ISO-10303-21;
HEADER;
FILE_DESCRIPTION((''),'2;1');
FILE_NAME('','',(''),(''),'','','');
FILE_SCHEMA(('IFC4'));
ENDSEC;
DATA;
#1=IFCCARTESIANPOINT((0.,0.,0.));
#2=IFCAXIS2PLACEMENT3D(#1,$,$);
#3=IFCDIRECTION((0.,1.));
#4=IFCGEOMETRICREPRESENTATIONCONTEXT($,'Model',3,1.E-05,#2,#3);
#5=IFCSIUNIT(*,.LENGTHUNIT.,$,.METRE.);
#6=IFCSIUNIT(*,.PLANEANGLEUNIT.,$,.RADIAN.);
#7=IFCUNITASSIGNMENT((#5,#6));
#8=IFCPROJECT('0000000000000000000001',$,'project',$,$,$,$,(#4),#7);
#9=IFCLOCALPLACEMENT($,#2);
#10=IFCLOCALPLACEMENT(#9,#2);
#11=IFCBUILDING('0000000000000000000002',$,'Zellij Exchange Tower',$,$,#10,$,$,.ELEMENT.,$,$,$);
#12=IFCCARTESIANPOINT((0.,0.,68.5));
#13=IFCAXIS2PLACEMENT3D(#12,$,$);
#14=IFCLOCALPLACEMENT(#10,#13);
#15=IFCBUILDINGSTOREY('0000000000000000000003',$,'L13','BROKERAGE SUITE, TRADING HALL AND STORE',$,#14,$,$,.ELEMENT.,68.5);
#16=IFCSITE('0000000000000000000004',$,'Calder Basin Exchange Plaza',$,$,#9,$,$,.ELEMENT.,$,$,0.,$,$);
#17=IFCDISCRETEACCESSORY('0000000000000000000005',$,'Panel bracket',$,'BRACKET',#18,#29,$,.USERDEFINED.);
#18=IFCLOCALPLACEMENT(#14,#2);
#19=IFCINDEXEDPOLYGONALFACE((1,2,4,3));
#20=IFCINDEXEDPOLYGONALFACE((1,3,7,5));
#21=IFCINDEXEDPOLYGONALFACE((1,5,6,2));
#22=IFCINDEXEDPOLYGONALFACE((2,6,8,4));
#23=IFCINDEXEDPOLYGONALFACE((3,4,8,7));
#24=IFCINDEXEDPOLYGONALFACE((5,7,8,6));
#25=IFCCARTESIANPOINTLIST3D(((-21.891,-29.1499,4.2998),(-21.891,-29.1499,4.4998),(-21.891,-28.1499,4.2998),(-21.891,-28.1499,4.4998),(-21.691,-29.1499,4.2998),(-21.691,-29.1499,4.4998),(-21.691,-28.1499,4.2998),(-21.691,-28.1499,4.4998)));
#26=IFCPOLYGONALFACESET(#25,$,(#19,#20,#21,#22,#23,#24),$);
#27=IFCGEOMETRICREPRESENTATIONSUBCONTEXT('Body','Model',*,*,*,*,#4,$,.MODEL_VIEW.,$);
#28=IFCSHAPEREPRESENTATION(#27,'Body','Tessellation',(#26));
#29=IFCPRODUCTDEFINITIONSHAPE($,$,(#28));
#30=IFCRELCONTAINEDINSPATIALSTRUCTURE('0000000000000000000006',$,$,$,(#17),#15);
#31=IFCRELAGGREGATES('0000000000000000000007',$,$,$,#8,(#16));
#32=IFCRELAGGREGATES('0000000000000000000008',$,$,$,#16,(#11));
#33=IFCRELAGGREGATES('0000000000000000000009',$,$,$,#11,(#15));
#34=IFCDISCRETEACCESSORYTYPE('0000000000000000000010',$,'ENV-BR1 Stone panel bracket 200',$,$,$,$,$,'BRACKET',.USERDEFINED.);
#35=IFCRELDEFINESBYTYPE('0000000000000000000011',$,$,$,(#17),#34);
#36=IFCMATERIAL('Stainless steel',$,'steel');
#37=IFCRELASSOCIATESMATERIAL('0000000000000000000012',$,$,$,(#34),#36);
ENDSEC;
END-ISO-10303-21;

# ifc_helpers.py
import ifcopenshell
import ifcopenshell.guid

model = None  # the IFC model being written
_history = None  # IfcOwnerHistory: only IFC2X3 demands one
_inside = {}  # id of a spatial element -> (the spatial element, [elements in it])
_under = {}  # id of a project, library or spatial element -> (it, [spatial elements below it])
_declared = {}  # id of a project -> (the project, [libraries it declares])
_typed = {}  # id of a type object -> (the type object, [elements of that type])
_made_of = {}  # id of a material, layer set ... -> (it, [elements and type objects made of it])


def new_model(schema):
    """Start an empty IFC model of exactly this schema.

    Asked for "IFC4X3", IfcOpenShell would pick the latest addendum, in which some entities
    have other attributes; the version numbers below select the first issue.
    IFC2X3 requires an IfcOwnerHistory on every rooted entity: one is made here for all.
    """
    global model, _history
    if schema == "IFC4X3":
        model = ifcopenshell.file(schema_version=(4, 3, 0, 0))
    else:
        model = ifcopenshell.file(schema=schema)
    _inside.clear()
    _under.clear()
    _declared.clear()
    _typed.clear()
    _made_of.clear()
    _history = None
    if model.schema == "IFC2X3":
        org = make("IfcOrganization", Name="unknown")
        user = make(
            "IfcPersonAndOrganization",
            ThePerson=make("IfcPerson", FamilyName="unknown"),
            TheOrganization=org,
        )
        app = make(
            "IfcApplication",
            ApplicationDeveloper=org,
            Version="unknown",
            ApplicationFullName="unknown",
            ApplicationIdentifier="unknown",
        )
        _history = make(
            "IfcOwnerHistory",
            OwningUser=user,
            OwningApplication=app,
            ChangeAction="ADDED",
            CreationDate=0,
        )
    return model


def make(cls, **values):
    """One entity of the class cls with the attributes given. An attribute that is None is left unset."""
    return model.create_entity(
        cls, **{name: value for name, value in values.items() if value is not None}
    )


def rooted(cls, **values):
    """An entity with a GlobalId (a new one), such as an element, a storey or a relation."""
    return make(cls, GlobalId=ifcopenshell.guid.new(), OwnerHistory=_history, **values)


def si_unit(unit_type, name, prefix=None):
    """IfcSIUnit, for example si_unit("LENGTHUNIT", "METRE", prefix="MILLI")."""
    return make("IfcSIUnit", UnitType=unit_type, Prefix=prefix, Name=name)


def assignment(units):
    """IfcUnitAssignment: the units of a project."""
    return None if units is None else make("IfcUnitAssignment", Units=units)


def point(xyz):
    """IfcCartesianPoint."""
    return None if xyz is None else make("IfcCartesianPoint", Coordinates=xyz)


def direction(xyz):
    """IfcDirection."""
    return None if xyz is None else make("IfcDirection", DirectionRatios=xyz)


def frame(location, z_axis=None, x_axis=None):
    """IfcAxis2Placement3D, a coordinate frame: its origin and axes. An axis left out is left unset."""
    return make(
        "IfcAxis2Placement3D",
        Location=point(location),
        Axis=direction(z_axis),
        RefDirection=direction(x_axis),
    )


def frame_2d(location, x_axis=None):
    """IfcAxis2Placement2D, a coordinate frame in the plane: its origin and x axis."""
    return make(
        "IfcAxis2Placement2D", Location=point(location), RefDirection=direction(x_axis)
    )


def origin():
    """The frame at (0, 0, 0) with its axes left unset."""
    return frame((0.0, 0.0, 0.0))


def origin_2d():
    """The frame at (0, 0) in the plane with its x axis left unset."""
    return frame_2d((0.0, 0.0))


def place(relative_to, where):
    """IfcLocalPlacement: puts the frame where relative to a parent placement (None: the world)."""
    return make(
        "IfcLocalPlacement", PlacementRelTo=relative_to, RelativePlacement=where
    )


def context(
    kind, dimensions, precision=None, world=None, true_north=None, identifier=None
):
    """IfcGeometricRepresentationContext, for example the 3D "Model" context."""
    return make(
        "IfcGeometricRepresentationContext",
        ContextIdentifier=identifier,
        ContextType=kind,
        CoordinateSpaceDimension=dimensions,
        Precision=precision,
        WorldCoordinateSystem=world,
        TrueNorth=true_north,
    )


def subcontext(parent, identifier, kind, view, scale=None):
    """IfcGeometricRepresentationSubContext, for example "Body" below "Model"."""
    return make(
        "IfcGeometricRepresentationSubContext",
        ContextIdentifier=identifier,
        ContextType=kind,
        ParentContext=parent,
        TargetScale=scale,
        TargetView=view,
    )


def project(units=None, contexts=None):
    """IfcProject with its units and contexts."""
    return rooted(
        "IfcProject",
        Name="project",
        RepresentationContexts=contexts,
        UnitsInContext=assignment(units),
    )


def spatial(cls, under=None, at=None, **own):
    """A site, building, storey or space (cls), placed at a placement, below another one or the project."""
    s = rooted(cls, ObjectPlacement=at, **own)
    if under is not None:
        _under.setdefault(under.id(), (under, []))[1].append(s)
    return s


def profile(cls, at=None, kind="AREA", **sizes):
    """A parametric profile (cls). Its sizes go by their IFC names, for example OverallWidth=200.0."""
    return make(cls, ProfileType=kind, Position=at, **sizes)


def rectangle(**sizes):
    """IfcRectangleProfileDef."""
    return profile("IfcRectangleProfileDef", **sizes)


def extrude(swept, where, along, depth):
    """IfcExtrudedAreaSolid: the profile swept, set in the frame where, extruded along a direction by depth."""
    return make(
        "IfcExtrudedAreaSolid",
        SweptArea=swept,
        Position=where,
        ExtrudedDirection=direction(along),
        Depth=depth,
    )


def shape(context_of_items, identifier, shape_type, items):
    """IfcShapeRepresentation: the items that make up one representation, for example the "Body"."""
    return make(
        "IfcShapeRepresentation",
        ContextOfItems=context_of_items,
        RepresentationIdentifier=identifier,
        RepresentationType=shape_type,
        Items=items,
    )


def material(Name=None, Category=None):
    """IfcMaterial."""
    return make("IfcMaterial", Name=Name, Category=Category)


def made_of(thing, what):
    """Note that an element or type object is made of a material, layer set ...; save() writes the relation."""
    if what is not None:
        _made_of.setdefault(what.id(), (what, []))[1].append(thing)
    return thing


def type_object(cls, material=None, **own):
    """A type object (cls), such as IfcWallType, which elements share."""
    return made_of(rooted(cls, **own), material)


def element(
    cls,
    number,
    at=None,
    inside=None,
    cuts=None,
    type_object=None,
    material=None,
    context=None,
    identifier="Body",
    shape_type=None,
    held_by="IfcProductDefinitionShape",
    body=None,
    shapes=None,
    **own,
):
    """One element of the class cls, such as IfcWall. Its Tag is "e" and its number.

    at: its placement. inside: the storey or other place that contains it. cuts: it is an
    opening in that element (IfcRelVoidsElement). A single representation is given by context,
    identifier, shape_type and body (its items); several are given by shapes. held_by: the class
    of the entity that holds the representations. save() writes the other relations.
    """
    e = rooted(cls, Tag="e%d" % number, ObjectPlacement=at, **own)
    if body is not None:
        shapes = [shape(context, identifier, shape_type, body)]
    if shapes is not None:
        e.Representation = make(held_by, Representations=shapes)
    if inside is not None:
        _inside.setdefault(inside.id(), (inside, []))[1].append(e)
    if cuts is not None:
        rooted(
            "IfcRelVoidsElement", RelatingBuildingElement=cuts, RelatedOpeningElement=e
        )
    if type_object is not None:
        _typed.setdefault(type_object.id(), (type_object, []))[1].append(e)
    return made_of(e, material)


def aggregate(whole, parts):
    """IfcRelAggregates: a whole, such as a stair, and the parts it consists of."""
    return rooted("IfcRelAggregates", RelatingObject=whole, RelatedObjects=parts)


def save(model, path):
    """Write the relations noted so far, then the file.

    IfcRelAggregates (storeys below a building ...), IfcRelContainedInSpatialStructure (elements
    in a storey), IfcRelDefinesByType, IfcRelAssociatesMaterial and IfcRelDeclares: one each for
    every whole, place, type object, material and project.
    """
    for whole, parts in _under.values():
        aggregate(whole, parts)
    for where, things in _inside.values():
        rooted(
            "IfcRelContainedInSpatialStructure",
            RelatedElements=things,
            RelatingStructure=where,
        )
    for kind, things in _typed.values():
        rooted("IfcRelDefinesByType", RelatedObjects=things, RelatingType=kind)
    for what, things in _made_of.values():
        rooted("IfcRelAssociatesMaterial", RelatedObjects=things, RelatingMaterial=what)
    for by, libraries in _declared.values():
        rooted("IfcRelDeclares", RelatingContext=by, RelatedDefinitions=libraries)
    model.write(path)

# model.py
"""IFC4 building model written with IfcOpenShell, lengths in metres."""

from ifc_helpers import new_model, si_unit, direction, frame, origin, origin_2d, place, context, subcontext, project, spatial, rectangle, extrude, material, type_object, element, save


model = new_model("IFC4")

# Units and contexts
model_context = context("Model", 3, precision=1e-05, world=origin(), true_north=direction((0.0, 1.0)))
body_context = subcontext(model_context, "Body", "Model", "MODEL_VIEW")
ifc_project = project(units=[si_unit("LENGTHUNIT", "METRE"), si_unit("PLANEANGLEUNIT", "RADIAN")], contexts=[model_context])

# Site, building, storey
site_placement = place(None, origin())
site = spatial("IfcSite", under=ifc_project, at=site_placement, Name="Calder Basin Exchange Plaza", CompositionType="ELEMENT", RefElevation=0.0)
building_placement = place(site_placement, origin())
building = spatial("IfcBuilding", under=site, at=building_placement, Name="Zellij Exchange Tower", CompositionType="ELEMENT")
storey_placement = place(building_placement, frame((0.0, 0.0, 68.5)))
storey = spatial("IfcBuildingStorey", under=building, at=storey_placement, Name="L13", Description="BROKERAGE SUITE, TRADING HALL AND STORE", CompositionType="ELEMENT", Elevation=68.5)

# Discrete accessory
ifc_material_1 = material(Name="Stainless steel", Category="steel")
discrete_accessory_type = type_object("IfcDiscreteAccessoryType", Name="ENV-BR1 Stone panel bracket 200", ElementType="BRACKET", PredefinedType="USERDEFINED", material=ifc_material_1)
for number, where, z_axis, x_axis, name in (
    (1, (-21.791, -28.6499, 4.2998), (0.0, 0.0, 1.0), (1.0, 0.0, 0.0), "Panel bracket"),
):
    element("IfcDiscreteAccessory", number, at=place(storey_placement, frame(where, z_axis=z_axis, x_axis=x_axis)), inside=storey, type_object=discrete_accessory_type, Name=name, ObjectType="BRACKET", PredefinedType="USERDEFINED", context=body_context, shape_type="SweptSolid", body=[
        extrude(rectangle(XDim=0.2, YDim=1.0, at=origin_2d()), origin(), (0.0, 0.0, 1.0), 0.2),
    ])

save(model, "model.ifc")
